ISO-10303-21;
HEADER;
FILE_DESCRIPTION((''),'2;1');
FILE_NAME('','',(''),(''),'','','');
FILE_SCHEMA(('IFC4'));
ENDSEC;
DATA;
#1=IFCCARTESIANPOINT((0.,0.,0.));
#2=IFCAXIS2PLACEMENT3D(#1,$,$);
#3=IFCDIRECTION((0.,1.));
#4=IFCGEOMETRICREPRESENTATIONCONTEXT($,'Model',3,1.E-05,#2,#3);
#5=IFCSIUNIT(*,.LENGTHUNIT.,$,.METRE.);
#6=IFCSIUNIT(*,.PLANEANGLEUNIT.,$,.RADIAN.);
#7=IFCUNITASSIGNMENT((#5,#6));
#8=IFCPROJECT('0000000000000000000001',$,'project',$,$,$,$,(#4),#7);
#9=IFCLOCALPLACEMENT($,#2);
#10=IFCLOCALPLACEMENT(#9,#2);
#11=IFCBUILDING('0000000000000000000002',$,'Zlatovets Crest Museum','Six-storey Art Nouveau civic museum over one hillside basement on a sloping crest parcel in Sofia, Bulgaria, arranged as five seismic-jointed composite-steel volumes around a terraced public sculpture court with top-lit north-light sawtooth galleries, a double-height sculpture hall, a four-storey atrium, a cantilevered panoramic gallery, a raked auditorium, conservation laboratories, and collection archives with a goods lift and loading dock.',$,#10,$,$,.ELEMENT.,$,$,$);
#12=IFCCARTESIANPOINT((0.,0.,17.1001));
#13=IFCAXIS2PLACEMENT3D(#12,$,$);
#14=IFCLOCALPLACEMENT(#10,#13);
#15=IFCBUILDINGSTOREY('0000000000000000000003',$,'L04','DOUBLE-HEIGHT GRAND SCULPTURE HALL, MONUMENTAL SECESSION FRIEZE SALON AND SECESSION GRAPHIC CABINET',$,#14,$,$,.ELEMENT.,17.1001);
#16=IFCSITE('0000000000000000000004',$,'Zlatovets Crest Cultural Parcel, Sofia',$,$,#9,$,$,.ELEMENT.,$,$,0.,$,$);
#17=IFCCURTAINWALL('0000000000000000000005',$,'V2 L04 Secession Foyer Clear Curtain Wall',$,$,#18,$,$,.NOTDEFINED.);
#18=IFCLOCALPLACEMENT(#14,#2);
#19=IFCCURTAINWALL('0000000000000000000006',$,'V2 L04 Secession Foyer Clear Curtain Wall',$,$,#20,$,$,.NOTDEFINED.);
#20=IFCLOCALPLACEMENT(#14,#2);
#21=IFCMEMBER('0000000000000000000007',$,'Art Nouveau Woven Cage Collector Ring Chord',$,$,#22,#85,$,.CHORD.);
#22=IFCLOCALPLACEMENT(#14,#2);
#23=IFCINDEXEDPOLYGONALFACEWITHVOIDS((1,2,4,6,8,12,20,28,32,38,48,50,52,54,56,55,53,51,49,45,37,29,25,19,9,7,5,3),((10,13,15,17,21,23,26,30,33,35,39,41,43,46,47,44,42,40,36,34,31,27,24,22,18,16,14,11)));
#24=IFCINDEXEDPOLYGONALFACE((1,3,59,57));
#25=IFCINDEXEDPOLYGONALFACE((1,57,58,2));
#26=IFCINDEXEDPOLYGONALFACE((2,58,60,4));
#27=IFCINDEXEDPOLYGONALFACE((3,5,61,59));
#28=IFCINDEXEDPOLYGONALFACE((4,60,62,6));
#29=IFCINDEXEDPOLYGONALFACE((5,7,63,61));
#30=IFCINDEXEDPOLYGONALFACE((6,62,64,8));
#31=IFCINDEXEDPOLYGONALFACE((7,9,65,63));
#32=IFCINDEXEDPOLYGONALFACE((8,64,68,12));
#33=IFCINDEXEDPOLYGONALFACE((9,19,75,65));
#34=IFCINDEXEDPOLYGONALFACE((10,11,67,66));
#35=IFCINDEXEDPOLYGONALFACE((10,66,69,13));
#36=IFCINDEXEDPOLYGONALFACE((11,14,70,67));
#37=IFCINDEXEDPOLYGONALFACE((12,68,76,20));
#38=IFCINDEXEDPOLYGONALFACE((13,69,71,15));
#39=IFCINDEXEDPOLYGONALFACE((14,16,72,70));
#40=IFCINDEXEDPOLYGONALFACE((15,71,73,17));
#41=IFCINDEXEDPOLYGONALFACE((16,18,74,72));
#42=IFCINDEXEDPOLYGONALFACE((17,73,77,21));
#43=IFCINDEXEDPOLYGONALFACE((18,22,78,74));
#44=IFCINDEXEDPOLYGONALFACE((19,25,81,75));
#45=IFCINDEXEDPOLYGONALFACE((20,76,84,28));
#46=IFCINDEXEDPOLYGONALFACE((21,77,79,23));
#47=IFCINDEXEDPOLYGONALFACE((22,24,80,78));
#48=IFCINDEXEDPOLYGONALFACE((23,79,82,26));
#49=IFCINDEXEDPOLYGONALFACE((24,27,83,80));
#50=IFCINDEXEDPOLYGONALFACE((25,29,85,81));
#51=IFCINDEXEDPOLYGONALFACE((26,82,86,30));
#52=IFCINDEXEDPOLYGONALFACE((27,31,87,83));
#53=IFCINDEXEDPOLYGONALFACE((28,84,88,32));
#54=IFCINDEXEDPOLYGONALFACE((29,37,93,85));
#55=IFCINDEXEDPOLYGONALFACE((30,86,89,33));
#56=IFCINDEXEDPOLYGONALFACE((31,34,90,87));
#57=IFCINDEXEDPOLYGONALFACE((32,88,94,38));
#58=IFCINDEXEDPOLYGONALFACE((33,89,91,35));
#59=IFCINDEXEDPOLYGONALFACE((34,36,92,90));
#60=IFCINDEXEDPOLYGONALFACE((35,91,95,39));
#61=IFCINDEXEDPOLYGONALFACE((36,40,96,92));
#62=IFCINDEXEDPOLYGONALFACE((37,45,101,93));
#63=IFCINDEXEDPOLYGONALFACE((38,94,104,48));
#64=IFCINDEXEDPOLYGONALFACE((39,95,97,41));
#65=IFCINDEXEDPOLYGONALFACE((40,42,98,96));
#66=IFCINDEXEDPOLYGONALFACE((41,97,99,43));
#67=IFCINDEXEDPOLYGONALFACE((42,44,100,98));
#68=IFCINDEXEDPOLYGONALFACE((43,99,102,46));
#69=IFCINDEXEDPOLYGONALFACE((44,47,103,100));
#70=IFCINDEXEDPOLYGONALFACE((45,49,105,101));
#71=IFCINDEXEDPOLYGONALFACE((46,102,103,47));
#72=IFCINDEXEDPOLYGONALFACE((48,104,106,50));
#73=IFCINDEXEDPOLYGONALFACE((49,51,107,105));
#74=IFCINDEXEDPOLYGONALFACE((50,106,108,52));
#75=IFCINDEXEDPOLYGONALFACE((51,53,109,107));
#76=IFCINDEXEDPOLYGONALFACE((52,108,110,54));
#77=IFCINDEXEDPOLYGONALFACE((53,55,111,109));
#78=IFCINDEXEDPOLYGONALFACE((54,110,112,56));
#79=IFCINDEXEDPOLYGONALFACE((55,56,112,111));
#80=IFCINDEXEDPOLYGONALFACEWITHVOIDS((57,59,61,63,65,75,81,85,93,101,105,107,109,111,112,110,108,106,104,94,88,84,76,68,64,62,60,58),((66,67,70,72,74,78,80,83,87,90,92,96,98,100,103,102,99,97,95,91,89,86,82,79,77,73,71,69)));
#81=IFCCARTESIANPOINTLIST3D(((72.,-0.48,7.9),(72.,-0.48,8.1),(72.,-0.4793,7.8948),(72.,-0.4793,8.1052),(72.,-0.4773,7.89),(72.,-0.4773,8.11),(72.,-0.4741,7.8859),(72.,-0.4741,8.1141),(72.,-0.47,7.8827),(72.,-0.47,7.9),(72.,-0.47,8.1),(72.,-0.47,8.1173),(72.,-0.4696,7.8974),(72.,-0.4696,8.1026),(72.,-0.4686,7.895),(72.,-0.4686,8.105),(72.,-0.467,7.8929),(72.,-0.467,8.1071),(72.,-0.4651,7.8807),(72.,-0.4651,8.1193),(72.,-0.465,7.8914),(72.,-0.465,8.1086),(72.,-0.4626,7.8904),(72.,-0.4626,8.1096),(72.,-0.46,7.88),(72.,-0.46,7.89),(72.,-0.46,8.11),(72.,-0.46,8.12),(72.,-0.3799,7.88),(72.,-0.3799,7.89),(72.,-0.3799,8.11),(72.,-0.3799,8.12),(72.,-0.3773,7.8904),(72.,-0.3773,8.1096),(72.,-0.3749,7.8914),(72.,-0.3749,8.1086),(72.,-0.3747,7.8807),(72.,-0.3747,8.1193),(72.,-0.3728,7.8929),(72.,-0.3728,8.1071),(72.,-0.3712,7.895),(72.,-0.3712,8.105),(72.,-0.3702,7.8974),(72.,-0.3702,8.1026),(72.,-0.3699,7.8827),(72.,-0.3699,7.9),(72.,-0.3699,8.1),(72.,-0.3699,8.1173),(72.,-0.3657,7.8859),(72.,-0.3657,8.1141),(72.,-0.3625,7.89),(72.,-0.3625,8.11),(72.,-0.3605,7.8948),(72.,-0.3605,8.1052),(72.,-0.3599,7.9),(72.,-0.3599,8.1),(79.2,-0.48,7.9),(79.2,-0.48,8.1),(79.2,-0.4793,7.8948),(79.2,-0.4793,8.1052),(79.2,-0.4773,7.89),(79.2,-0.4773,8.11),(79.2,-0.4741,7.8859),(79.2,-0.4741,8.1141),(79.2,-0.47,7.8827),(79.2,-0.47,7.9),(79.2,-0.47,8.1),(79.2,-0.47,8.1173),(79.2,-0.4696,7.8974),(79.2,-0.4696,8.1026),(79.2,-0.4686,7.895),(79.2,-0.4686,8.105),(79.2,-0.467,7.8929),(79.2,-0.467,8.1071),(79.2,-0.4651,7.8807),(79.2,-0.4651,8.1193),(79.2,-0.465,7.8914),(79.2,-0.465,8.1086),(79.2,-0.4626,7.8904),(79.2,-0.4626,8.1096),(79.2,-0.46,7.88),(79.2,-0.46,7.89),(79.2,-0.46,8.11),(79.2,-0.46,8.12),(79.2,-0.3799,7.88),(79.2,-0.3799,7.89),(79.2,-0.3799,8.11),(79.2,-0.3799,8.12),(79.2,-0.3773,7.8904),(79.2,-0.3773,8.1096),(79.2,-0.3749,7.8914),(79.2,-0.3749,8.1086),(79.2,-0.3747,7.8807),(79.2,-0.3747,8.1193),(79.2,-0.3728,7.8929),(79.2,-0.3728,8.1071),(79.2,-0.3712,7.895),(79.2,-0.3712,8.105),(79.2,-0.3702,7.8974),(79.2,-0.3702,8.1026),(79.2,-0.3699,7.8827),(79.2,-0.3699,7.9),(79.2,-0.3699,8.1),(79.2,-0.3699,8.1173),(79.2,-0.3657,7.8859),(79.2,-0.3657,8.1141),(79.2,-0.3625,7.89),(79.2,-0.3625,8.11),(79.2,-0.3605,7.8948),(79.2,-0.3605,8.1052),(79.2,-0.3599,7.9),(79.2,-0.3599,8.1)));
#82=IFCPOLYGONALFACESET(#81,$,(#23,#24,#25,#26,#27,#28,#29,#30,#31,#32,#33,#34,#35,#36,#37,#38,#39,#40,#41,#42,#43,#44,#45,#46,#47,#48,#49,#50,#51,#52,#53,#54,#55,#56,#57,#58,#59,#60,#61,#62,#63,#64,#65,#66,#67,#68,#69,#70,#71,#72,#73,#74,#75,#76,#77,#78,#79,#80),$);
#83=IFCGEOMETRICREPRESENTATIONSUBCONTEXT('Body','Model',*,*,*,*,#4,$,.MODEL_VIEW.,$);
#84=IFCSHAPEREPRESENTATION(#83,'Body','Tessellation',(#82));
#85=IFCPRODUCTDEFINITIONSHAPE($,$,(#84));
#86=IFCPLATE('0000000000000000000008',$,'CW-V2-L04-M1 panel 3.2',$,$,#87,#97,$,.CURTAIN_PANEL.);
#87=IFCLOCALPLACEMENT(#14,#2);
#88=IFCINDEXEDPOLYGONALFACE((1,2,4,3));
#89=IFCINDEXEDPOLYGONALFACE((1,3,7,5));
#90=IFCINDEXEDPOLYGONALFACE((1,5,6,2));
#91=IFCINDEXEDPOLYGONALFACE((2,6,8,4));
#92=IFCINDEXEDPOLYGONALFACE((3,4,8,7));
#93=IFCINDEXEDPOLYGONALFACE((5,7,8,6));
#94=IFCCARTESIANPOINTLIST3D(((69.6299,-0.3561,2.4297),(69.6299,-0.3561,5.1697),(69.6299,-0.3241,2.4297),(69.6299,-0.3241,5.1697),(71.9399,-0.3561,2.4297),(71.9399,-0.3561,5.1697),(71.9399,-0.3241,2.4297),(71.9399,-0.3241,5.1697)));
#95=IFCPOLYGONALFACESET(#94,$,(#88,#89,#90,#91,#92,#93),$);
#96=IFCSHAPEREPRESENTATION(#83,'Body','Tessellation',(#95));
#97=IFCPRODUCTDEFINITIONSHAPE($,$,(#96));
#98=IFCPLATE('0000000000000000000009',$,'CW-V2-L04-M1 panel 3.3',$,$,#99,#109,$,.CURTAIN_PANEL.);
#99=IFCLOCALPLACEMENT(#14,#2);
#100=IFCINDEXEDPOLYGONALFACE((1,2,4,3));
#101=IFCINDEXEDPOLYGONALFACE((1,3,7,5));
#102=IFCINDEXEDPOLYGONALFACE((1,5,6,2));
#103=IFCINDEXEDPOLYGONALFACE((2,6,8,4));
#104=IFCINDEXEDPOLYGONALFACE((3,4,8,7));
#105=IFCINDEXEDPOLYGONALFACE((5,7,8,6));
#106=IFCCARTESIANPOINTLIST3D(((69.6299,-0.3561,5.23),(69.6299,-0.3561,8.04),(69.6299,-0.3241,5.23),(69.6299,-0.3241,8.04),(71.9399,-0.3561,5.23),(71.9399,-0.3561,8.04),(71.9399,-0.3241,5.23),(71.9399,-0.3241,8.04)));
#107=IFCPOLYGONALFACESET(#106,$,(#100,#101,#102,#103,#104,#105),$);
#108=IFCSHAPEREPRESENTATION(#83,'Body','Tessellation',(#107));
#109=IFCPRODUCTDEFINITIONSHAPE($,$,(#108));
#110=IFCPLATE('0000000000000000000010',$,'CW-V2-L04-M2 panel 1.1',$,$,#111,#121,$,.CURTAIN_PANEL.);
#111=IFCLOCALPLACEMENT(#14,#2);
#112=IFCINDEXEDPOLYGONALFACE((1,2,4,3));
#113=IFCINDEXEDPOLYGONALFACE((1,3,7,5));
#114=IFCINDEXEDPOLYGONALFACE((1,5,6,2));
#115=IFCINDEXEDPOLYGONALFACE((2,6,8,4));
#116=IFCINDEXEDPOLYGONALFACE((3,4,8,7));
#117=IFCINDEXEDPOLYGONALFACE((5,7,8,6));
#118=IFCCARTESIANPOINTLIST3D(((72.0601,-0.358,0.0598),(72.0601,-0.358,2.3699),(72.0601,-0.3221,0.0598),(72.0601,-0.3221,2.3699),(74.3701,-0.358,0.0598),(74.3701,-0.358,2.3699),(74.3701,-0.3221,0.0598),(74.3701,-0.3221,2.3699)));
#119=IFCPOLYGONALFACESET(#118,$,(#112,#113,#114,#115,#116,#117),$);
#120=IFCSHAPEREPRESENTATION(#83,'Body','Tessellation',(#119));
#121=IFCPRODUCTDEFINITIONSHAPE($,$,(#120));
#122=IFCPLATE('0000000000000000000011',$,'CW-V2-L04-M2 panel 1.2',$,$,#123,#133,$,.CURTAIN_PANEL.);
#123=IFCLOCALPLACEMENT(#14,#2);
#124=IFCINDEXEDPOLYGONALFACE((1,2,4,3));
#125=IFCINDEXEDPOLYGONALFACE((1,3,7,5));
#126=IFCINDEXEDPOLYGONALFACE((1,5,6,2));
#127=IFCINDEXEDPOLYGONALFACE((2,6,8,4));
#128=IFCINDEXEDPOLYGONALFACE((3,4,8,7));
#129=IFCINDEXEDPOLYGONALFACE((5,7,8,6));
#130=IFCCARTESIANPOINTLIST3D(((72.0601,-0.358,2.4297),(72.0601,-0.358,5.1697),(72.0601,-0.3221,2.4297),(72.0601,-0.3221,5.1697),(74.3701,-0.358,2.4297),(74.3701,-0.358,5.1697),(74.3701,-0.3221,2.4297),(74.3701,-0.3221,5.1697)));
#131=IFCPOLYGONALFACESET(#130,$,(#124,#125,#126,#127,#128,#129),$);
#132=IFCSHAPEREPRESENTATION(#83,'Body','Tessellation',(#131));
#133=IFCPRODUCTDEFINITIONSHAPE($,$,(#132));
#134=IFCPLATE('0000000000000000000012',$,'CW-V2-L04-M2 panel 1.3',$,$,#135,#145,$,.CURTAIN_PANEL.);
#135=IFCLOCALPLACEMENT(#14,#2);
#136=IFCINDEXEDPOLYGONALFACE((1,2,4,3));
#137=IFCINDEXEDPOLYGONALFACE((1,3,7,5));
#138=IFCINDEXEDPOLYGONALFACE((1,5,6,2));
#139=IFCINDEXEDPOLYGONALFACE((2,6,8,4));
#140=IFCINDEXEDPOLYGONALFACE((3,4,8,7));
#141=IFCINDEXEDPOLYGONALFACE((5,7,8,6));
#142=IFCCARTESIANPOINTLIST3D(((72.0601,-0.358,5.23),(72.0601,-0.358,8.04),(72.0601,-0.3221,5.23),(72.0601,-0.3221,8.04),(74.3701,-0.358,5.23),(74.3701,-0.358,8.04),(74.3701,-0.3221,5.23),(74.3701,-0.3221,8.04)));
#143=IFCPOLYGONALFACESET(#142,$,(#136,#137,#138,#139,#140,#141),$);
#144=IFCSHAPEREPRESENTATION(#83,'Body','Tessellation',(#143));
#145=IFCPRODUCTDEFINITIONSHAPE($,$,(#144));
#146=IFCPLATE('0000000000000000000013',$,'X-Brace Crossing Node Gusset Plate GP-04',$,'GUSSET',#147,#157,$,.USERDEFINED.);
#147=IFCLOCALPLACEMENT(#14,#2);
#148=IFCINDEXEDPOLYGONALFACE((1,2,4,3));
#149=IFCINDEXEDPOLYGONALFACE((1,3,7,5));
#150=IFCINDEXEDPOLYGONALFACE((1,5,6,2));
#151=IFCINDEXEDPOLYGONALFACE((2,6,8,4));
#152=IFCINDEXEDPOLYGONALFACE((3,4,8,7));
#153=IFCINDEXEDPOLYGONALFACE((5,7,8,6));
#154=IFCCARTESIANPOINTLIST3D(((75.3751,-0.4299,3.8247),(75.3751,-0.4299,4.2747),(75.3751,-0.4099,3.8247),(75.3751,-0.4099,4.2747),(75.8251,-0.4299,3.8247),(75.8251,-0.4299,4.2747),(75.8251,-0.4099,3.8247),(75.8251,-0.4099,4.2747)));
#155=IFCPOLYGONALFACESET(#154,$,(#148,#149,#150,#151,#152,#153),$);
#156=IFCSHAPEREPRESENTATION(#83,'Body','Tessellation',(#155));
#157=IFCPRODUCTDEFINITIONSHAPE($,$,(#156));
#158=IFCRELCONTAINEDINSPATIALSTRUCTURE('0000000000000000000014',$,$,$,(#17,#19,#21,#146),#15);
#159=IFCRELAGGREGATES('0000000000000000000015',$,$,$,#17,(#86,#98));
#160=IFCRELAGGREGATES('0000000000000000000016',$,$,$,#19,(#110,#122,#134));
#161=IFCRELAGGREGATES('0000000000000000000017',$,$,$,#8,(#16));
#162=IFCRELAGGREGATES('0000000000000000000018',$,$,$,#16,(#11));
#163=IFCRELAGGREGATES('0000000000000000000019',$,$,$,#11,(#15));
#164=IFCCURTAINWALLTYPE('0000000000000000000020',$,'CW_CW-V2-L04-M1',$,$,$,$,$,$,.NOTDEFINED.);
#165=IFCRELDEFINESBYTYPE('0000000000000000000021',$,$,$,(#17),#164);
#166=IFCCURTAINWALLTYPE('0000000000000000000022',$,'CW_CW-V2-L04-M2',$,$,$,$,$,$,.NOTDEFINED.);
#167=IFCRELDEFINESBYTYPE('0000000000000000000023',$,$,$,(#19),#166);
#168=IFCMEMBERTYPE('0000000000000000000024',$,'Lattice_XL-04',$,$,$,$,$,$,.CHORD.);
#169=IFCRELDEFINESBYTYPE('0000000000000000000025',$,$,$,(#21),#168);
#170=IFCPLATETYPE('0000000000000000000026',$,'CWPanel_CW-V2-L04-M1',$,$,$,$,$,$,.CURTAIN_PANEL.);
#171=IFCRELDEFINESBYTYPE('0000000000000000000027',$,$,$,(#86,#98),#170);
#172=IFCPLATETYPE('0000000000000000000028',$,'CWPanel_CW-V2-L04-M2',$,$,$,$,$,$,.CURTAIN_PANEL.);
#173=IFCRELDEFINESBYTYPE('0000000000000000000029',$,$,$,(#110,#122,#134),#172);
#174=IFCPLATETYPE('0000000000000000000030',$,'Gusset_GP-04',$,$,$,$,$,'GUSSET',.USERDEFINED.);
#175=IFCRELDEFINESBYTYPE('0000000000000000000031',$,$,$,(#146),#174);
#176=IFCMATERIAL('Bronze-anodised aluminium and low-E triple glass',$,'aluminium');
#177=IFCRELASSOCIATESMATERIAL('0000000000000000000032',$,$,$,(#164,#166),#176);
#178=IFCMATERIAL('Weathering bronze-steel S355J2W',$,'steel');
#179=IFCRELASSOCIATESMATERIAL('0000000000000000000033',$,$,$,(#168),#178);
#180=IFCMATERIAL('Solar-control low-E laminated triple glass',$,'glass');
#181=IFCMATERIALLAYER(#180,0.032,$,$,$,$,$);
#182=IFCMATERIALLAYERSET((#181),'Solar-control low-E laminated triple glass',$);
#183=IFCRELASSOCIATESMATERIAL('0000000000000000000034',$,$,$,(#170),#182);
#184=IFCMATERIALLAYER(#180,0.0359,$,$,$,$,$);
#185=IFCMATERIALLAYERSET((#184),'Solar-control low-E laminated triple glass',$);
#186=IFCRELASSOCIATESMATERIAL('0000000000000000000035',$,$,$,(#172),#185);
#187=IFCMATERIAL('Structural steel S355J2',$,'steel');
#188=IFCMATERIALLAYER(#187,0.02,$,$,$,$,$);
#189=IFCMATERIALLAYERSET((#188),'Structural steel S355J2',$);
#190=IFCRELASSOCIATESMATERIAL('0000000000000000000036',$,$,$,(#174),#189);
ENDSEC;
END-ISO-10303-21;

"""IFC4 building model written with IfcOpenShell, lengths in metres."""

from ifc_helpers import new_model, si_unit, direction, frame, origin, origin_2d, place, context, subcontext, project, spatial, rectangle, hollow_rectangle, extrude, material, layer, layer_set, material_profile, profile_set, type_object, element, aggregate, save


model = new_model("IFC4")

# Units and contexts
model_context = context("Model", 3, precision=1e-05, world=origin(), true_north=direction((0.0, 1.0)))
body_context = subcontext(model_context, "Body", "Model", "MODEL_VIEW")
ifc_project = project(units=[si_unit("LENGTHUNIT", "METRE"), si_unit("PLANEANGLEUNIT", "RADIAN")], contexts=[model_context])

# Site, building, storey
site_placement = place(None, origin())
site = spatial("IfcSite", under=ifc_project, at=site_placement, Name="Zlatovets Crest Cultural Parcel, Sofia", CompositionType="ELEMENT", RefElevation=0.0)
building_placement = place(site_placement, origin())
building = spatial("IfcBuilding", under=site, at=building_placement, Name="Zlatovets Crest Museum", Description="Six-storey Art Nouveau civic museum over one hillside basement on a sloping crest parcel in Sofia, Bulgaria, arranged as five seismic-jointed composite-steel volumes around a terraced public sculpture court with top-lit north-light sawtooth galleries, a double-height sculpture hall, a four-storey atrium, a cantilevered panoramic gallery, a raked auditorium, conservation laboratories, and collection archives with a goods lift and loading dock.", CompositionType="ELEMENT")
storey_placement = place(building_placement, frame((0.0, 0.0, 17.1001)))
storey = spatial("IfcBuildingStorey", under=building, at=storey_placement, Name="L04", Description="DOUBLE-HEIGHT GRAND SCULPTURE HALL, MONUMENTAL SECESSION FRIEZE SALON AND SECESSION GRAPHIC CABINET", CompositionType="ELEMENT", Elevation=17.1001)

# Shared definitions
ifc_material_1 = material(Name="Structural steel S355J2", Category="steel")

# Curtain wall
ifc_material_2 = material(Name="Bronze-anodised aluminium and low-E triple glass", Category="aluminium")
curtain_wall_type_1 = type_object("IfcCurtainWallType", Name="CW_CW-V2-L04-M1", PredefinedType="NOTDEFINED", material=ifc_material_2)
curtain_wall_1_placement = place(storey_placement, origin())
curtain_wall_1 = element("IfcCurtainWall", 1, at=curtain_wall_1_placement, inside=storey, type_object=curtain_wall_type_1, Name="V2 L04 Secession Foyer Clear Curtain Wall", PredefinedType="NOTDEFINED")

# Curtain wall
curtain_wall_type_2 = type_object("IfcCurtainWallType", Name="CW_CW-V2-L04-M2", PredefinedType="NOTDEFINED", material=ifc_material_2)
curtain_wall_2_placement = place(storey_placement, origin())
curtain_wall_2 = element("IfcCurtainWall", 2, at=curtain_wall_2_placement, inside=storey, type_object=curtain_wall_type_2, Name="V2 L04 Secession Foyer Clear Curtain Wall", PredefinedType="NOTDEFINED")

# Member
ifc_material_3 = material(Name="Weathering bronze-steel S355J2W", Category="steel")
ifc_material_profile_1 = material_profile(ifc_material_3, hollow_rectangle(XDim=0.1201, YDim=0.24, WallThickness=0.01, InnerFilletRadius=0.01, OuterFilletRadius=0.02, at=origin_2d()), Name="RHS 120x240x10.0")
ifc_profile_set_1 = profile_set([ifc_material_profile_1], Name="Weathering bronze-steel S355J2W")
member_type_1 = type_object("IfcMemberType", Name="Lattice_XL-04", PredefinedType="CHORD", material=ifc_profile_set_1)
member_1_placement = place(storey_placement, frame((72.0, -0.4199, 8.0), z_axis=(1.0, 0.0, 0.0), x_axis=(0.0, 1.0, 0.0)))
element("IfcMember", 3, at=member_1_placement, inside=storey, type_object=member_type_1, Name="Art Nouveau Woven Cage Collector Ring Chord", PredefinedType="CHORD", context=body_context, shape_type="SweptSolid", body=[
    extrude(hollow_rectangle(XDim=0.1201, YDim=0.24, WallThickness=0.01, InnerFilletRadius=0.01, OuterFilletRadius=0.02, at=origin_2d()), origin(), (0.0, 0.0, 1.0), 7.2),
])

# Plates
ifc_material_4 = material(Name="Solar-control low-E laminated triple glass", Category="glass")
ifc_layer_1 = layer(ifc_material_4, 0.032)
ifc_layer_set_1 = layer_set([ifc_layer_1], Name="Solar-control low-E laminated triple glass")
plate_type_1 = type_object("IfcPlateType", Name="CWPanel_CW-V2-L04-M1", PredefinedType="CURTAIN_PANEL", material=ifc_layer_set_1)
plate_1_placement = place(storey_placement, frame((70.7849, -0.3401, 2.4297), z_axis=(0.0, 0.0, 1.0), x_axis=(1.0, 0.0, 0.0)))
plate_1 = element("IfcPlate", 4, at=plate_1_placement, type_object=plate_type_1, Name="CW-V2-L04-M1 panel 3.2", PredefinedType="CURTAIN_PANEL", context=body_context, shape_type="SweptSolid", body=[
    extrude(rectangle(XDim=2.3101, YDim=0.032, at=origin_2d()), origin(), (0.0, 0.0, 1.0), 2.74),
])
plate_2_placement = place(storey_placement, frame((70.7849, -0.3401, 5.23), z_axis=(0.0, 0.0, 1.0), x_axis=(1.0, 0.0, 0.0)))
plate_2 = element("IfcPlate", 5, at=plate_2_placement, type_object=plate_type_1, Name="CW-V2-L04-M1 panel 3.3", PredefinedType="CURTAIN_PANEL", context=body_context, shape_type="SweptSolid", body=[
    extrude(rectangle(XDim=2.3101, YDim=0.032, at=origin_2d()), origin(), (0.0, 0.0, 1.0), 2.8101),
])
aggregate(curtain_wall_1, [plate_1, plate_2])
ifc_layer_2 = layer(ifc_material_4, 0.0359)
ifc_layer_set_2 = layer_set([ifc_layer_2], Name="Solar-control low-E laminated triple glass")
plate_type_2 = type_object("IfcPlateType", Name="CWPanel_CW-V2-L04-M2", PredefinedType="CURTAIN_PANEL", material=ifc_layer_set_2)
plate_3_placement = place(storey_placement, frame((73.2151, -0.3401, 0.0598), z_axis=(0.0, 0.0, 1.0), x_axis=(1.0, 0.0, 0.0)))
plate_3 = element("IfcPlate", 6, at=plate_3_placement, type_object=plate_type_2, Name="CW-V2-L04-M2 panel 1.1", PredefinedType="CURTAIN_PANEL", context=body_context, shape_type="SweptSolid", body=[
    extrude(rectangle(XDim=2.3101, YDim=0.0359, at=origin_2d()), origin(), (0.0, 0.0, 1.0), 2.3101),
])
plate_4_placement = place(storey_placement, frame((73.2151, -0.3401, 2.4297), z_axis=(0.0, 0.0, 1.0), x_axis=(1.0, 0.0, 0.0)))
plate_4 = element("IfcPlate", 7, at=plate_4_placement, type_object=plate_type_2, Name="CW-V2-L04-M2 panel 1.2", PredefinedType="CURTAIN_PANEL", context=body_context, shape_type="SweptSolid", body=[
    extrude(rectangle(XDim=2.3101, YDim=0.0359, at=origin_2d()), origin(), (0.0, 0.0, 1.0), 2.74),
])
plate_5_placement = place(storey_placement, frame((73.2151, -0.3401, 5.23), z_axis=(0.0, 0.0, 1.0), x_axis=(1.0, 0.0, 0.0)))
plate_5 = element("IfcPlate", 8, at=plate_5_placement, type_object=plate_type_2, Name="CW-V2-L04-M2 panel 1.3", PredefinedType="CURTAIN_PANEL", context=body_context, shape_type="SweptSolid", body=[
    extrude(rectangle(XDim=2.3101, YDim=0.0359, at=origin_2d()), origin(), (0.0, 0.0, 1.0), 2.8101),
])
aggregate(curtain_wall_2, [plate_3, plate_4, plate_5])
ifc_layer_3 = layer(ifc_material_1, 0.02)
ifc_layer_set_3 = layer_set([ifc_layer_3], Name="Structural steel S355J2")
plate_type_3 = type_object("IfcPlateType", Name="Gusset_GP-04", ElementType="GUSSET", PredefinedType="USERDEFINED", material=ifc_layer_set_3)
plate_6_placement = place(storey_placement, frame((75.6001, -0.4199, 3.8247), z_axis=(0.0, 0.0, 1.0), x_axis=(1.0, 0.0, 0.0)))
element("IfcPlate", 9, at=plate_6_placement, inside=storey, type_object=plate_type_3, Name="X-Brace Crossing Node Gusset Plate GP-04", ObjectType="GUSSET", PredefinedType="USERDEFINED", context=body_context, shape_type="SweptSolid", body=[
    extrude(rectangle(XDim=0.45, YDim=0.02, at=origin_2d()), origin(), (0.0, 0.0, 1.0), 0.45),
])

save(model, "model.ifc")
